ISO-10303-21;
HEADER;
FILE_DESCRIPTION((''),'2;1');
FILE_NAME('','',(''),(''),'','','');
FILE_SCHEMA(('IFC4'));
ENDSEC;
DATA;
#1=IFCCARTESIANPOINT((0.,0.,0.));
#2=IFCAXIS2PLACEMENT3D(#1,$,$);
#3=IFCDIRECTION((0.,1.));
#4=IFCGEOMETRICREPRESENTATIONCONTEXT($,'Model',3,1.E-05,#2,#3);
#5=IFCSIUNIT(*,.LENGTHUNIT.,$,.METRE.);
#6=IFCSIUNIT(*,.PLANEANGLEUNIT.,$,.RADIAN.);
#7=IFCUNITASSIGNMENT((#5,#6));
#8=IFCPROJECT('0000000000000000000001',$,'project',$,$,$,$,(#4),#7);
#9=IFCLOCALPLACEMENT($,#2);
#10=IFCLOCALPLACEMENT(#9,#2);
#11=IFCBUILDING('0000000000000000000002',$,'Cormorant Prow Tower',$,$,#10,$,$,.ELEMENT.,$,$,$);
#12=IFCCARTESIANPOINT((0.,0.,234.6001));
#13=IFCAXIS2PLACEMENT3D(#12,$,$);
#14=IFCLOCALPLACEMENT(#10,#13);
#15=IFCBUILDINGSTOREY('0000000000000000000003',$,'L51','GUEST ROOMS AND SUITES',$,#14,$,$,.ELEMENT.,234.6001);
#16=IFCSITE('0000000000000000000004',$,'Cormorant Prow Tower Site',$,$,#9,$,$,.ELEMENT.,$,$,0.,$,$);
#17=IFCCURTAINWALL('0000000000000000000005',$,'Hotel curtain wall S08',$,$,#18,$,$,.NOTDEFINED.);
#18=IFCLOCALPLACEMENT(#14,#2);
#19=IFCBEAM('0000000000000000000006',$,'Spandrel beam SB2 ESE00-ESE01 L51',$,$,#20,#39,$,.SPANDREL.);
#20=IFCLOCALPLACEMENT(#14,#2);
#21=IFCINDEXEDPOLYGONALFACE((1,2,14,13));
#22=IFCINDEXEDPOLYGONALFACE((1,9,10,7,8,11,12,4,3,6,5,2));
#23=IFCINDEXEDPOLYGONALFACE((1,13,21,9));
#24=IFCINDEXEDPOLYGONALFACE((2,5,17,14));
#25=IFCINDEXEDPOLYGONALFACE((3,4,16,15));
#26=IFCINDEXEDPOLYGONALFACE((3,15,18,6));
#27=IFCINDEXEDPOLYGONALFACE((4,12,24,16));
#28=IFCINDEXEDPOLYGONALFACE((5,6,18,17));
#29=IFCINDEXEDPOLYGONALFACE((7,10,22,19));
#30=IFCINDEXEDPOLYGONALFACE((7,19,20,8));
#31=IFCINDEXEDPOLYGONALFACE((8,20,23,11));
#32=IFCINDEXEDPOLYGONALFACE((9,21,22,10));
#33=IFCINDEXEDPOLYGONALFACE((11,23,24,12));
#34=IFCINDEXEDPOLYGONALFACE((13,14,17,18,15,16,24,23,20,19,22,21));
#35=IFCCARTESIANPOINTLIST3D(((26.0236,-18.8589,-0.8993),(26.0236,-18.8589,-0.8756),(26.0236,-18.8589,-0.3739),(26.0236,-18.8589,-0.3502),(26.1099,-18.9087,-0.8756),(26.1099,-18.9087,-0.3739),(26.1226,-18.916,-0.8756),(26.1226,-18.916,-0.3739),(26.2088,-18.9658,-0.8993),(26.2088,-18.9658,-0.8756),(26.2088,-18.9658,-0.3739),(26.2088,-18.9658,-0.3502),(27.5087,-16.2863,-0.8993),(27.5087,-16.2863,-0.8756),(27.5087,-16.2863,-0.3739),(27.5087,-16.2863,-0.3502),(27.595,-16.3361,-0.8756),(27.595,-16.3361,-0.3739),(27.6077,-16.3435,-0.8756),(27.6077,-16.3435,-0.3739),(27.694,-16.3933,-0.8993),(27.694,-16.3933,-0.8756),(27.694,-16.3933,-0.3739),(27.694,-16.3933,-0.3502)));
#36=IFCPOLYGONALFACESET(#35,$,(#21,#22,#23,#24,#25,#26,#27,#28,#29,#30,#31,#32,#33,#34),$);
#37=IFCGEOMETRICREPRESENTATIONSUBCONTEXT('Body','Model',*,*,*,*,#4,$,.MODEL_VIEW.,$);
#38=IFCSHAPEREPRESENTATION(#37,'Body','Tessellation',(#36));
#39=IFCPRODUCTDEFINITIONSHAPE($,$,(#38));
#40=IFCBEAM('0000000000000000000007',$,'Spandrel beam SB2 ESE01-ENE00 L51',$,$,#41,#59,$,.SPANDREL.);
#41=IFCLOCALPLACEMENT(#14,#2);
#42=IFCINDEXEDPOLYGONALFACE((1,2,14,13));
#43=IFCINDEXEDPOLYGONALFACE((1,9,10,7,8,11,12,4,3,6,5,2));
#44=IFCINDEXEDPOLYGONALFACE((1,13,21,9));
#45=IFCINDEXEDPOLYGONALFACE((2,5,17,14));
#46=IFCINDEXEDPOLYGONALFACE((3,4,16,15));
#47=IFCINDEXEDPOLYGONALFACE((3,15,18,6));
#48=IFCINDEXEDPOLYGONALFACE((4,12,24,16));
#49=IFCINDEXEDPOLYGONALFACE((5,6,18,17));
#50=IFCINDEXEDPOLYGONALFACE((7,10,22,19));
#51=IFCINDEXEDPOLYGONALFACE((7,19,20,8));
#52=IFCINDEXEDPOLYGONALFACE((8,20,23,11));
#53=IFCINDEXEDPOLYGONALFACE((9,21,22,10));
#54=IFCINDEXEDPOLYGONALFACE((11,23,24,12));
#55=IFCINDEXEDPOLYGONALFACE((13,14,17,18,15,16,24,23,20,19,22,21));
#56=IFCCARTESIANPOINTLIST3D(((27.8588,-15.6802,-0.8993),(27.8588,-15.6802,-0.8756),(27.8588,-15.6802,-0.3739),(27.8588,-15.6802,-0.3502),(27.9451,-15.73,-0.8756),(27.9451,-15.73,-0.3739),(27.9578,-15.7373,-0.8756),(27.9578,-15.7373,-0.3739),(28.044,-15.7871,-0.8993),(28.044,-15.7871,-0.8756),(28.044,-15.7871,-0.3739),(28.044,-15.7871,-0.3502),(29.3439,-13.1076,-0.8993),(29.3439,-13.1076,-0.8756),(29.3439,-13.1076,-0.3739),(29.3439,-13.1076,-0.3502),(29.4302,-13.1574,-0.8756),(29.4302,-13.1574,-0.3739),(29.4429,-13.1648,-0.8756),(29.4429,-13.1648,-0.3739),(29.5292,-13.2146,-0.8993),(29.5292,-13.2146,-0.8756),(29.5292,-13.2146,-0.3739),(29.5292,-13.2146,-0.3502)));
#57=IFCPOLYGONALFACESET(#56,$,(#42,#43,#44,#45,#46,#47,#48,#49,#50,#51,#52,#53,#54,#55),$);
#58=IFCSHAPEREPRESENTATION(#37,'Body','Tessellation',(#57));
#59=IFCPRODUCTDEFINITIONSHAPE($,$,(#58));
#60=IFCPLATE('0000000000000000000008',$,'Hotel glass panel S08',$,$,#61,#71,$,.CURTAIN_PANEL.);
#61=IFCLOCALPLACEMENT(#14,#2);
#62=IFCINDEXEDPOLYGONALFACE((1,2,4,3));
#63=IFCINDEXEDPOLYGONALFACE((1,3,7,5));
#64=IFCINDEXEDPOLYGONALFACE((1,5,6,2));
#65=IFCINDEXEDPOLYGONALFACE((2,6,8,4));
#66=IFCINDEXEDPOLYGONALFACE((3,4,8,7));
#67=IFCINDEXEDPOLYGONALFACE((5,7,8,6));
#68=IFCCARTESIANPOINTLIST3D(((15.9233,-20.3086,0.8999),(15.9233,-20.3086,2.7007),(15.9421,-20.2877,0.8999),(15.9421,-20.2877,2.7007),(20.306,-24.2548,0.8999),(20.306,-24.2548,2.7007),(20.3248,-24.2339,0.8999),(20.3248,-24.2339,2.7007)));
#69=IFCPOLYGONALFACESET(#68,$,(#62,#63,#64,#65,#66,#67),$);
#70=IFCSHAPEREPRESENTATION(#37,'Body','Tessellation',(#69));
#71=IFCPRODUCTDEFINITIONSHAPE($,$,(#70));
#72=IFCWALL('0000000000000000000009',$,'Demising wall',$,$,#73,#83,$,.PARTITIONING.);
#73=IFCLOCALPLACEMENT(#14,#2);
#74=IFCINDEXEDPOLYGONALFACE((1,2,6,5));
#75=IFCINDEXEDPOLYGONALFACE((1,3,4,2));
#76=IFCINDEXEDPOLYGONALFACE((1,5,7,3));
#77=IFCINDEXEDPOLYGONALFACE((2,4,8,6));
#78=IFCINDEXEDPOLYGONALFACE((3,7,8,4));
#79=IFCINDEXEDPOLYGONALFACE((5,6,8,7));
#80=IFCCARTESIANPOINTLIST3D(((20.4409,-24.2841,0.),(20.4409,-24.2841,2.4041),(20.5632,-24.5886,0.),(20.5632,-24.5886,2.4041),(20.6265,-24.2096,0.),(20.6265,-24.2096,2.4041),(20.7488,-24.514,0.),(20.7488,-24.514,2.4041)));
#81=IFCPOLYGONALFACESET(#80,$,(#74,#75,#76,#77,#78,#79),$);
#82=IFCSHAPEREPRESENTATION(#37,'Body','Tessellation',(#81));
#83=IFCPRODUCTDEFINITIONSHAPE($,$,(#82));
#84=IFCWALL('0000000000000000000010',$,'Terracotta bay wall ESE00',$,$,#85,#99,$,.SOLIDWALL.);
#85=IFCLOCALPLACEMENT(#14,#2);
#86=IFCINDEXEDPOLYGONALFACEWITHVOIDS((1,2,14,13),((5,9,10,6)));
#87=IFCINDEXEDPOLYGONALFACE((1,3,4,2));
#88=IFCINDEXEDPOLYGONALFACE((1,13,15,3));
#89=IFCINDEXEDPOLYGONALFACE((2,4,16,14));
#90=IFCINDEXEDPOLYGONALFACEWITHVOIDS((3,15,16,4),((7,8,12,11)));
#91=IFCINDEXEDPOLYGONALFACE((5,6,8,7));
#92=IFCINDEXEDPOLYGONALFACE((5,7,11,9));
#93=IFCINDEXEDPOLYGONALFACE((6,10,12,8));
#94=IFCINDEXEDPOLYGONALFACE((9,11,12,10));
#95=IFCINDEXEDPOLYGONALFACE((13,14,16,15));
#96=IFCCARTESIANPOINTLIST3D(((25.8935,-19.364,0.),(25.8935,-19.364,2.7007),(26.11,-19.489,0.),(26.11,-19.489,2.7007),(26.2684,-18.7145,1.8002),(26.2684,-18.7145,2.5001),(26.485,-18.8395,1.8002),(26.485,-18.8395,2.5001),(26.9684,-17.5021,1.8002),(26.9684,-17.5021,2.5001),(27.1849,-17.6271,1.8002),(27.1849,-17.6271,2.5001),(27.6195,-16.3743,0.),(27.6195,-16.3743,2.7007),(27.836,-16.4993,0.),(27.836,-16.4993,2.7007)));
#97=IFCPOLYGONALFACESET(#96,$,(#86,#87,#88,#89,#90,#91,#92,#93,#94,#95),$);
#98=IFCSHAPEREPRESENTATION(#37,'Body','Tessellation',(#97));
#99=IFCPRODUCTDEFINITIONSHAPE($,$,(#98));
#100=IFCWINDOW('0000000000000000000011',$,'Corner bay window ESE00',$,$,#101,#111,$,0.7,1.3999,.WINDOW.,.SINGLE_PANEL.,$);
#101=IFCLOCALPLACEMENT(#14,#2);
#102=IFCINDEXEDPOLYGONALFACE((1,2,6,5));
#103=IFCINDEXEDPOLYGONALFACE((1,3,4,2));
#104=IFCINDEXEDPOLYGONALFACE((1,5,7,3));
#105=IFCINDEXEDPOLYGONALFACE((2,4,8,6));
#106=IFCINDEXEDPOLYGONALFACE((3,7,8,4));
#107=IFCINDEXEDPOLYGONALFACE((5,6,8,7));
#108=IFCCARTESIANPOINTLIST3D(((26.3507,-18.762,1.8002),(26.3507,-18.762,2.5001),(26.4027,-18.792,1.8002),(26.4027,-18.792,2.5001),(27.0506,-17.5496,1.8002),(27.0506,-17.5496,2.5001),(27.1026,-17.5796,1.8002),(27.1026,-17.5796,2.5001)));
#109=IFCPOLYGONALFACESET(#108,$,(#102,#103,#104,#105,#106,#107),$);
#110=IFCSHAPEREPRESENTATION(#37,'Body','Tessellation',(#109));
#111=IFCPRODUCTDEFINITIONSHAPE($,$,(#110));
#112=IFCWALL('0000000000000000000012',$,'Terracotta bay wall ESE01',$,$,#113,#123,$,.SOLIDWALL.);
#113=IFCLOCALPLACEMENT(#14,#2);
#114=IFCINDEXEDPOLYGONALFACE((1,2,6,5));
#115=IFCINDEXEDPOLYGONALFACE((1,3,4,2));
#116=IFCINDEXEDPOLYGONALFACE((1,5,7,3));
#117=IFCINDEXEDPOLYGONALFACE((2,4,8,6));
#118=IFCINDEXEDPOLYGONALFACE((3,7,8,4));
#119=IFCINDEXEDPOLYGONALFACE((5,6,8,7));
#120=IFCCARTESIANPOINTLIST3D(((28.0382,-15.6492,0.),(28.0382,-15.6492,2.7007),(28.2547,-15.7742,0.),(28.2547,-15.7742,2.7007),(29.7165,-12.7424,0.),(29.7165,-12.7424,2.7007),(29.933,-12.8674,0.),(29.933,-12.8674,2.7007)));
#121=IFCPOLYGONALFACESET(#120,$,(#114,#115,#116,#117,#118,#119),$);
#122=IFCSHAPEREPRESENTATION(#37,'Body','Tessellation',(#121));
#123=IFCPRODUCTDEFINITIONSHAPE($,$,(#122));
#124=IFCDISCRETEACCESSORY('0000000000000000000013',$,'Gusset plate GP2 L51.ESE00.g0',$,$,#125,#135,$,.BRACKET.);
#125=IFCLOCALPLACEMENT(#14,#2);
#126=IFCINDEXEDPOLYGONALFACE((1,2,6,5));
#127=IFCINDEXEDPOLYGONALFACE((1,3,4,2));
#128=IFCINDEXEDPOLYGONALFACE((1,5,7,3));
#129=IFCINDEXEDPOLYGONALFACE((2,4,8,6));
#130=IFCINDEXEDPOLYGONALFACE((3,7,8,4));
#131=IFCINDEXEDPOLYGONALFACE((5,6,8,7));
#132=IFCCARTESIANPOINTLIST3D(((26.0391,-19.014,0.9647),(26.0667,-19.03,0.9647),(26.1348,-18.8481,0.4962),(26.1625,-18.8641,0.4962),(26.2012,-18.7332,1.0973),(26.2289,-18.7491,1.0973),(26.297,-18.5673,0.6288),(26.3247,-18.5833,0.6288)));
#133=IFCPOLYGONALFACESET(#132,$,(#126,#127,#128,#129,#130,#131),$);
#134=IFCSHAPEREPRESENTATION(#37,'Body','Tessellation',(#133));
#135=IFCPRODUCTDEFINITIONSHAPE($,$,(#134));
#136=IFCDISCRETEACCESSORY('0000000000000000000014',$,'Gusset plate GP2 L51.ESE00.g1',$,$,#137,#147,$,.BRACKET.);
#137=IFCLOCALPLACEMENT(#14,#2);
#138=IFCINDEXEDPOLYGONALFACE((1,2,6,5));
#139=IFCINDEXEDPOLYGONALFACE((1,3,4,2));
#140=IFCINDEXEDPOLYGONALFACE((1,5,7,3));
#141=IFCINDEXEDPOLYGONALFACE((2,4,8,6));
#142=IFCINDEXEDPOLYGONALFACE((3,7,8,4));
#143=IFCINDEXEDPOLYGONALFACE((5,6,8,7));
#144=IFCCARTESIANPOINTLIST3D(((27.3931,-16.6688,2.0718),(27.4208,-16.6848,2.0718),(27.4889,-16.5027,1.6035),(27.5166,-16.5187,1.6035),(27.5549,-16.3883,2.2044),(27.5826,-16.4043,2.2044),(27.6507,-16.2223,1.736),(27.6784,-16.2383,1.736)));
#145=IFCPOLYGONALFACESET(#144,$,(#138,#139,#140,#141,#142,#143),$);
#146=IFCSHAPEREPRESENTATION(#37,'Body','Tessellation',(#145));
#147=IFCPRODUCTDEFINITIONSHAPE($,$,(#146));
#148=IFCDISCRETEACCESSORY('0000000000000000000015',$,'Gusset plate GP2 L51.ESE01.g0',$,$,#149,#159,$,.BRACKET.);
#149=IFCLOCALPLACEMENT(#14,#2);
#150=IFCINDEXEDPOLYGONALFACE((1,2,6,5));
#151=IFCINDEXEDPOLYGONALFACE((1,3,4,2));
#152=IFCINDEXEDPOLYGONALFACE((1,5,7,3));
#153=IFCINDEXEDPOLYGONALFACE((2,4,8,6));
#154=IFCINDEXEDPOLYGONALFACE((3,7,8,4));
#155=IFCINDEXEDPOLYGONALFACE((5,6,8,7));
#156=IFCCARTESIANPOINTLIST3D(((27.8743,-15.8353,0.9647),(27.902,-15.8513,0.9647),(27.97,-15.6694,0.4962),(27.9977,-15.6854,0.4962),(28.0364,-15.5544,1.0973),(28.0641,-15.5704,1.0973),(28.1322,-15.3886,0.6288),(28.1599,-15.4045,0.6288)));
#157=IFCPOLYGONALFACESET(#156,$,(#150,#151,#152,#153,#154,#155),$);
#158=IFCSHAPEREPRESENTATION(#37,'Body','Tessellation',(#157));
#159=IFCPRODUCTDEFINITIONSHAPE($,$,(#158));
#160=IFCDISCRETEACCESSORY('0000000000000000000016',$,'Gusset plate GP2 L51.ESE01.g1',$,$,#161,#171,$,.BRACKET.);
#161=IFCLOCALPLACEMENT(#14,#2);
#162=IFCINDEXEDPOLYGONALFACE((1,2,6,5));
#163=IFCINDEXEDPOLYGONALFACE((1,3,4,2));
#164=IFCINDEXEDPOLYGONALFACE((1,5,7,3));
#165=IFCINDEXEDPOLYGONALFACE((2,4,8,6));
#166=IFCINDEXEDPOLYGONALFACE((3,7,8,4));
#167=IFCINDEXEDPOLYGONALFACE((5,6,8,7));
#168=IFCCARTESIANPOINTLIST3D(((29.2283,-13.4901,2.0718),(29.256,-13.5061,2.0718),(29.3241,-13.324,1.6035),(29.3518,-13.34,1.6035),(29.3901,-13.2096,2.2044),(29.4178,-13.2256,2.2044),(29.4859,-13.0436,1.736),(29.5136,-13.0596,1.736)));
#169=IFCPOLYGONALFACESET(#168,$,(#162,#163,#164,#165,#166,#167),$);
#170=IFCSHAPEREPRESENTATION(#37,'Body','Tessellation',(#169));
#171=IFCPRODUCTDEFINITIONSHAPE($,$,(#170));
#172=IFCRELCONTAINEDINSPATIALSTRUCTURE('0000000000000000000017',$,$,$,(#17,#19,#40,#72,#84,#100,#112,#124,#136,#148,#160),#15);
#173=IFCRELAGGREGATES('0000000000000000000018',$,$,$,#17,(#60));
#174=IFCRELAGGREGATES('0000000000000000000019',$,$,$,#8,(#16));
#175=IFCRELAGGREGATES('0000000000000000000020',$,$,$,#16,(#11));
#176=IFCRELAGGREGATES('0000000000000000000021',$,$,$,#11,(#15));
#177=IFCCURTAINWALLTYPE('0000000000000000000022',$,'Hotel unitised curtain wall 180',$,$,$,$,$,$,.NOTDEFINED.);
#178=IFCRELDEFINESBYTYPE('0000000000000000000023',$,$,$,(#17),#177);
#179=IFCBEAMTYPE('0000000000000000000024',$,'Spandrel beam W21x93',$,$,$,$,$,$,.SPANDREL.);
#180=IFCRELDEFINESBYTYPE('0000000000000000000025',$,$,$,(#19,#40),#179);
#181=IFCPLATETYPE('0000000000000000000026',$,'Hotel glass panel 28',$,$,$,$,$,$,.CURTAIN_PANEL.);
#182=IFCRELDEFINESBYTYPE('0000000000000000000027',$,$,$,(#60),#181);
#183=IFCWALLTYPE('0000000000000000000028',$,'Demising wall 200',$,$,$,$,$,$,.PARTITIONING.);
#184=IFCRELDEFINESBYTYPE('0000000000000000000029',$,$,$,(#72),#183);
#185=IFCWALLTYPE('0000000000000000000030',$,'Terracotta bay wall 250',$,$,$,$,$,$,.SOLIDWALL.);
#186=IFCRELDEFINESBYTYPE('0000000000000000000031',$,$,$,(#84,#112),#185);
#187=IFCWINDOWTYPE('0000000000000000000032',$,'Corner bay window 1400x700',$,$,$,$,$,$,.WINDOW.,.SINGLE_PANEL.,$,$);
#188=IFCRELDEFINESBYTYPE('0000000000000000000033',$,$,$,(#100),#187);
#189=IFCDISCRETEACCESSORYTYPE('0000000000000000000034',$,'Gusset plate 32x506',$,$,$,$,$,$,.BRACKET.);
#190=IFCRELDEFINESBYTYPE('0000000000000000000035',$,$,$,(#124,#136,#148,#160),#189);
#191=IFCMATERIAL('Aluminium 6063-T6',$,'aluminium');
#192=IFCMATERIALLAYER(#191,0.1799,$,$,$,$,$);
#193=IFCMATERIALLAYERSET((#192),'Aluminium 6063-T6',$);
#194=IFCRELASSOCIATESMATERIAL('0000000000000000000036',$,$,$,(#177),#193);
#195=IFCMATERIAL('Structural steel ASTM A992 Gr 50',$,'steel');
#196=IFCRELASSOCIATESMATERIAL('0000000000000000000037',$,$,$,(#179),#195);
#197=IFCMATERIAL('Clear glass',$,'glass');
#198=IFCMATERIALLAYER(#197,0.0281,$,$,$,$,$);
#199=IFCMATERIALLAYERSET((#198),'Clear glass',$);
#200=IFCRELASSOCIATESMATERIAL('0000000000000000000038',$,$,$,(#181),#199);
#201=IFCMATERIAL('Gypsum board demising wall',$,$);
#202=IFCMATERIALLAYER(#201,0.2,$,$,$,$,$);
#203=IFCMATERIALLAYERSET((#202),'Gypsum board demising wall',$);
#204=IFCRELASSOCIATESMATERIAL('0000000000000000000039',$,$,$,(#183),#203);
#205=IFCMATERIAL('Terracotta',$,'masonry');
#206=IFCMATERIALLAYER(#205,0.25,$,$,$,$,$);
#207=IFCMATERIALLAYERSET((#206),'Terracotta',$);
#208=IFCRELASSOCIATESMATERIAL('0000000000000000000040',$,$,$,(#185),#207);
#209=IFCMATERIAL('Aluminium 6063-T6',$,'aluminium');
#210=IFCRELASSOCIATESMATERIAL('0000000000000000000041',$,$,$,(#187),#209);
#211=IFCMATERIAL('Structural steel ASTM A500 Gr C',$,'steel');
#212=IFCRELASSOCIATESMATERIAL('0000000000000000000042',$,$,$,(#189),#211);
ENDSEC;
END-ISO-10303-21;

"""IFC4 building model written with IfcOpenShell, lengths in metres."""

from ifc_helpers import new_model, si_unit, direction, frame, frame_2d, origin, origin_2d, place, context, subcontext, project, spatial, rectangle, i_section, extrude, material, layer, layer_set, material_profile, profile_set, type_object, element, fill, aggregate, save


model = new_model("IFC4")

# Units and contexts
model_context = context("Model", 3, precision=1e-05, world=origin(), true_north=direction((0.0, 1.0)))
body_context = subcontext(model_context, "Body", "Model", "MODEL_VIEW")
ifc_project = project(units=[si_unit("LENGTHUNIT", "METRE"), si_unit("PLANEANGLEUNIT", "RADIAN")], contexts=[model_context])

# Site, building, storey
site_placement = place(None, origin())
site = spatial("IfcSite", under=ifc_project, at=site_placement, Name="Cormorant Prow Tower Site", CompositionType="ELEMENT", RefElevation=0.0)
building_placement = place(site_placement, origin())
building = spatial("IfcBuilding", under=site, at=building_placement, Name="Cormorant Prow Tower", CompositionType="ELEMENT")
storey_placement = place(building_placement, frame((0.0, 0.0, 234.6001)))
storey = spatial("IfcBuildingStorey", under=building, at=storey_placement, Name="L51", Description="GUEST ROOMS AND SUITES", CompositionType="ELEMENT", Elevation=234.6001)

# Curtain wall
ifc_material_1 = material(Name="Aluminium 6063-T6", Category="aluminium")
ifc_layer_1 = layer(ifc_material_1, 0.1799)
ifc_layer_set_1 = layer_set([ifc_layer_1], Name="Aluminium 6063-T6")
curtain_wall_type = type_object("IfcCurtainWallType", Name="Hotel unitised curtain wall 180", PredefinedType="NOTDEFINED", material=ifc_layer_set_1)
curtain_wall_placement = place(storey_placement, origin())
curtain_wall = element("IfcCurtainWall", 1, at=curtain_wall_placement, inside=storey, type_object=curtain_wall_type, Name="Hotel curtain wall S08", PredefinedType="NOTDEFINED")

# Beams
ifc_material_2 = material(Name="Structural steel ASTM A992 Gr 50", Category="steel")
ifc_material_profile_1 = material_profile(ifc_material_2, i_section(OverallWidth=0.2139, OverallDepth=0.5491, WebThickness=0.0146, FlangeThickness=0.0237, at=origin_2d()), Name="W21x93")
ifc_profile_set_1 = profile_set([ifc_material_profile_1], Name="Structural steel ASTM A992 Gr 50")
beam_type = type_object("IfcBeamType", Name="Spandrel beam W21x93", PredefinedType="SPANDREL", material=ifc_profile_set_1)
for number, where, z_axis, x_axis, name in (
    (2, (26.1162, -18.9124, -0.6248), (0.499967, 0.866045, 0.0), (-0.866045, 0.499967, 0.0), "Spandrel beam SB2 ESE00-ESE01 L51"),
    (3, (27.9514, -15.7336, -0.6248), (0.499967, 0.866045, 0.0), (-0.866045, 0.499967, 0.0), "Spandrel beam SB2 ESE01-ENE00 L51"),
):
    element("IfcBeam", number, at=place(storey_placement, frame(where, z_axis=z_axis, x_axis=x_axis)), inside=storey, type_object=beam_type, Name=name, PredefinedType="SPANDREL", context=body_context, shape_type="SweptSolid", body=[
        extrude(i_section(OverallWidth=0.2139, OverallDepth=0.5491, WebThickness=0.0146, FlangeThickness=0.0237, at=origin_2d()), origin(), (0.0, 0.0, 1.0), 2.9705),
    ])

# Plate
ifc_material_3 = material(Name="Clear glass", Category="glass")
ifc_layer_2 = layer(ifc_material_3, 0.0281)
ifc_layer_set_2 = layer_set([ifc_layer_2], Name="Clear glass")
plate_type = type_object("IfcPlateType", Name="Hotel glass panel 28", PredefinedType="CURTAIN_PANEL", material=ifc_layer_set_2)
plate_placement = place(storey_placement, frame((18.124, -22.2712, 0.8999), z_axis=(0.0, 0.0, 1.0), x_axis=(0.743145, -0.669131, 0.0)))
plate = element("IfcPlate", 4, at=plate_placement, type_object=plate_type, Name="Hotel glass panel S08", PredefinedType="CURTAIN_PANEL", context=body_context, shape_type="SweptSolid", body=[
    extrude(rectangle(XDim=5.8975, YDim=0.0281, at=origin_2d()), origin(), (0.0, 0.0, 1.0), 1.8008),
])
aggregate(curtain_wall, [plate])

# Wall
ifc_material_4 = material(Name="Gypsum board demising wall")
ifc_layer_3 = layer(ifc_material_4, 0.2)
ifc_layer_set_3 = layer_set([ifc_layer_3], Name="Gypsum board demising wall")
wall_type_1 = type_object("IfcWallType", Name="Demising wall 200", PredefinedType="PARTITIONING", material=ifc_layer_set_3)
wall_1_placement = place(storey_placement, frame((20.5337, -24.2468, 0.0), z_axis=(0.0, 0.0, 1.0), x_axis=(0.372801, -0.927911, 0.0)))
element("IfcWall", 5, at=wall_1_placement, inside=storey, type_object=wall_type_1, Name="Demising wall", PredefinedType="PARTITIONING", context=body_context, shape_type="SweptSolid", body=[
    extrude(rectangle(XDim=0.3281, YDim=0.2, at=frame_2d((0.1641, 0.0))), origin(), (0.0, 0.0, 1.0), 2.4041),
])

# Wall, opening, window
ifc_material_5 = material(Name="Terracotta", Category="masonry")
ifc_layer_4 = layer(ifc_material_5, 0.25)
ifc_layer_set_4 = layer_set([ifc_layer_4], Name="Terracotta")
wall_type_2 = type_object("IfcWallType", Name="Terracotta bay wall 250", PredefinedType="SOLIDWALL", material=ifc_layer_set_4)
wall_2_placement = place(storey_placement, frame((26.0017, -19.4265, 0.0), z_axis=(0.0, 0.0, 1.0), x_axis=(0.499988, 0.866032, 0.0)))
wall_2 = element("IfcWall", 6, at=wall_2_placement, inside=storey, type_object=wall_type_2, Name="Terracotta bay wall ESE00", PredefinedType="SOLIDWALL", context=body_context, shape_type="SweptSolid", body=[
    extrude(rectangle(XDim=3.4521, YDim=0.25, at=frame_2d((1.7261, 0.0))), origin(), (0.0, 0.0, 1.0), 2.7007),
])
opening_1_placement = place(wall_2_placement, frame((0.75, 0.0, 1.8)))
opening_1 = element("IfcOpeningElement", 7, at=opening_1_placement, cuts=wall_2, PredefinedType="OPENING", context=body_context, shape_type="SweptSolid", body=[
    extrude(rectangle(XDim=1.3999, YDim=0.7, at=frame_2d((0.7, 0.3501))), frame((0.0, 0.135, 0.0), z_axis=(0.0, -1.0, 0.0), x_axis=(1.0, 0.0, 0.0)), (0.0, 0.0, 1.0), 0.27),
])
ifc_material_6 = material(Name="Aluminium 6063-T6", Category="aluminium")
window_type = type_object("IfcWindowType", Name="Corner bay window 1400x700", PartitioningType="SINGLE_PANEL", PredefinedType="WINDOW", material=ifc_material_6)
window_placement = place(opening_1_placement, origin())
window = element("IfcWindow", 8, at=window_placement, inside=storey, type_object=window_type, Name="Corner bay window ESE00", OverallHeight=0.7, OverallWidth=1.3999, PartitioningType="SINGLE_PANEL", PredefinedType="WINDOW", context=body_context, shape_type="SweptSolid", body=[
    extrude(rectangle(XDim=1.3999, YDim=0.7, at=frame_2d((0.7, 0.3501))), frame((0.0, 0.03, 0.0), z_axis=(0.0, -1.0, 0.0), x_axis=(1.0, 0.0, 0.0)), (0.0, 0.0, 1.0), 0.0601),
])
fill(opening_1, window)

# Wall
wall_3_placement = place(storey_placement, frame((28.1465, -15.7117, 0.0), z_axis=(0.0, 0.0, 1.0), x_axis=(0.500004, 0.866023, 0.0)))
element("IfcWall", 9, at=wall_3_placement, inside=storey, type_object=wall_type_2, Name="Terracotta bay wall ESE01", PredefinedType="SOLIDWALL", context=body_context, shape_type="SweptSolid", body=[
    extrude(rectangle(XDim=3.3564, YDim=0.25, at=frame_2d((1.6782, 0.0))), origin(), (0.0, 0.0, 1.0), 2.7007),
])

# Discrete accessories
ifc_material_7 = material(Name="Structural steel ASTM A500 Gr C", Category="steel")
ifc_material_profile_2 = material_profile(ifc_material_7, rectangle(XDim=0.032, YDim=0.5061, at=origin_2d()), Name="Gusset plate 32x506")
ifc_profile_set_2 = profile_set([ifc_material_profile_2], Name="Structural steel ASTM A500 Gr C")
discrete_accessory_type = type_object("IfcDiscreteAccessoryType", Name="Gusset plate 32x506", PredefinedType="BRACKET", material=ifc_profile_set_2)
discrete_accessory_1_placement = place(storey_placement, frame((26.2629, -18.6582, 0.863), z_axis=(-0.462828, -0.801584, -0.378487), x_axis=(0.86601, -0.500027, 0.0)))
element("IfcDiscreteAccessory", 10, at=discrete_accessory_1_placement, inside=storey, type_object=discrete_accessory_type, Name="Gusset plate GP2 L51.ESE00.g0", PredefinedType="BRACKET", context=body_context, shape_type="SweptSolid", body=[
    extrude(rectangle(XDim=0.032, YDim=0.5061, at=origin_2d()), origin(), (0.0, 0.0, 1.0), 0.3503),
])
discrete_accessory_2_placement = place(storey_placement, frame((27.4548, -16.5938, 1.8376), z_axis=(0.462538, 0.801594, 0.378821), x_axis=(-0.866148, 0.499788, 0.0)))
element("IfcDiscreteAccessory", 11, at=discrete_accessory_2_placement, inside=storey, type_object=discrete_accessory_type, Name="Gusset plate GP2 L51.ESE00.g1", PredefinedType="BRACKET", context=body_context, shape_type="SweptSolid", body=[
    extrude(rectangle(XDim=0.032, YDim=0.5061, at=origin_2d()), origin(), (0.0, 0.0, 1.0), 0.3499),
])
discrete_accessory_3_placement = place(storey_placement, frame((28.0981, -15.4795, 0.863), z_axis=(-0.462828, -0.801584, -0.378487), x_axis=(0.86601, -0.500027, 0.0)))
element("IfcDiscreteAccessory", 12, at=discrete_accessory_3_placement, inside=storey, type_object=discrete_accessory_type, Name="Gusset plate GP2 L51.ESE01.g0", PredefinedType="BRACKET", context=body_context, shape_type="SweptSolid", body=[
    extrude(rectangle(XDim=0.032, YDim=0.5061, at=origin_2d()), origin(), (0.0, 0.0, 1.0), 0.3503),
])
discrete_accessory_4_placement = place(storey_placement, frame((29.29, -13.415, 1.8376), z_axis=(0.462538, 0.801594, 0.378821), x_axis=(-0.866148, 0.499788, 0.0)))
element("IfcDiscreteAccessory", 13, at=discrete_accessory_4_placement, inside=storey, type_object=discrete_accessory_type, Name="Gusset plate GP2 L51.ESE01.g1", PredefinedType="BRACKET", context=body_context, shape_type="SweptSolid", body=[
    extrude(rectangle(XDim=0.032, YDim=0.5061, at=origin_2d()), origin(), (0.0, 0.0, 1.0), 0.3499),
])

save(model, "model.ifc")
